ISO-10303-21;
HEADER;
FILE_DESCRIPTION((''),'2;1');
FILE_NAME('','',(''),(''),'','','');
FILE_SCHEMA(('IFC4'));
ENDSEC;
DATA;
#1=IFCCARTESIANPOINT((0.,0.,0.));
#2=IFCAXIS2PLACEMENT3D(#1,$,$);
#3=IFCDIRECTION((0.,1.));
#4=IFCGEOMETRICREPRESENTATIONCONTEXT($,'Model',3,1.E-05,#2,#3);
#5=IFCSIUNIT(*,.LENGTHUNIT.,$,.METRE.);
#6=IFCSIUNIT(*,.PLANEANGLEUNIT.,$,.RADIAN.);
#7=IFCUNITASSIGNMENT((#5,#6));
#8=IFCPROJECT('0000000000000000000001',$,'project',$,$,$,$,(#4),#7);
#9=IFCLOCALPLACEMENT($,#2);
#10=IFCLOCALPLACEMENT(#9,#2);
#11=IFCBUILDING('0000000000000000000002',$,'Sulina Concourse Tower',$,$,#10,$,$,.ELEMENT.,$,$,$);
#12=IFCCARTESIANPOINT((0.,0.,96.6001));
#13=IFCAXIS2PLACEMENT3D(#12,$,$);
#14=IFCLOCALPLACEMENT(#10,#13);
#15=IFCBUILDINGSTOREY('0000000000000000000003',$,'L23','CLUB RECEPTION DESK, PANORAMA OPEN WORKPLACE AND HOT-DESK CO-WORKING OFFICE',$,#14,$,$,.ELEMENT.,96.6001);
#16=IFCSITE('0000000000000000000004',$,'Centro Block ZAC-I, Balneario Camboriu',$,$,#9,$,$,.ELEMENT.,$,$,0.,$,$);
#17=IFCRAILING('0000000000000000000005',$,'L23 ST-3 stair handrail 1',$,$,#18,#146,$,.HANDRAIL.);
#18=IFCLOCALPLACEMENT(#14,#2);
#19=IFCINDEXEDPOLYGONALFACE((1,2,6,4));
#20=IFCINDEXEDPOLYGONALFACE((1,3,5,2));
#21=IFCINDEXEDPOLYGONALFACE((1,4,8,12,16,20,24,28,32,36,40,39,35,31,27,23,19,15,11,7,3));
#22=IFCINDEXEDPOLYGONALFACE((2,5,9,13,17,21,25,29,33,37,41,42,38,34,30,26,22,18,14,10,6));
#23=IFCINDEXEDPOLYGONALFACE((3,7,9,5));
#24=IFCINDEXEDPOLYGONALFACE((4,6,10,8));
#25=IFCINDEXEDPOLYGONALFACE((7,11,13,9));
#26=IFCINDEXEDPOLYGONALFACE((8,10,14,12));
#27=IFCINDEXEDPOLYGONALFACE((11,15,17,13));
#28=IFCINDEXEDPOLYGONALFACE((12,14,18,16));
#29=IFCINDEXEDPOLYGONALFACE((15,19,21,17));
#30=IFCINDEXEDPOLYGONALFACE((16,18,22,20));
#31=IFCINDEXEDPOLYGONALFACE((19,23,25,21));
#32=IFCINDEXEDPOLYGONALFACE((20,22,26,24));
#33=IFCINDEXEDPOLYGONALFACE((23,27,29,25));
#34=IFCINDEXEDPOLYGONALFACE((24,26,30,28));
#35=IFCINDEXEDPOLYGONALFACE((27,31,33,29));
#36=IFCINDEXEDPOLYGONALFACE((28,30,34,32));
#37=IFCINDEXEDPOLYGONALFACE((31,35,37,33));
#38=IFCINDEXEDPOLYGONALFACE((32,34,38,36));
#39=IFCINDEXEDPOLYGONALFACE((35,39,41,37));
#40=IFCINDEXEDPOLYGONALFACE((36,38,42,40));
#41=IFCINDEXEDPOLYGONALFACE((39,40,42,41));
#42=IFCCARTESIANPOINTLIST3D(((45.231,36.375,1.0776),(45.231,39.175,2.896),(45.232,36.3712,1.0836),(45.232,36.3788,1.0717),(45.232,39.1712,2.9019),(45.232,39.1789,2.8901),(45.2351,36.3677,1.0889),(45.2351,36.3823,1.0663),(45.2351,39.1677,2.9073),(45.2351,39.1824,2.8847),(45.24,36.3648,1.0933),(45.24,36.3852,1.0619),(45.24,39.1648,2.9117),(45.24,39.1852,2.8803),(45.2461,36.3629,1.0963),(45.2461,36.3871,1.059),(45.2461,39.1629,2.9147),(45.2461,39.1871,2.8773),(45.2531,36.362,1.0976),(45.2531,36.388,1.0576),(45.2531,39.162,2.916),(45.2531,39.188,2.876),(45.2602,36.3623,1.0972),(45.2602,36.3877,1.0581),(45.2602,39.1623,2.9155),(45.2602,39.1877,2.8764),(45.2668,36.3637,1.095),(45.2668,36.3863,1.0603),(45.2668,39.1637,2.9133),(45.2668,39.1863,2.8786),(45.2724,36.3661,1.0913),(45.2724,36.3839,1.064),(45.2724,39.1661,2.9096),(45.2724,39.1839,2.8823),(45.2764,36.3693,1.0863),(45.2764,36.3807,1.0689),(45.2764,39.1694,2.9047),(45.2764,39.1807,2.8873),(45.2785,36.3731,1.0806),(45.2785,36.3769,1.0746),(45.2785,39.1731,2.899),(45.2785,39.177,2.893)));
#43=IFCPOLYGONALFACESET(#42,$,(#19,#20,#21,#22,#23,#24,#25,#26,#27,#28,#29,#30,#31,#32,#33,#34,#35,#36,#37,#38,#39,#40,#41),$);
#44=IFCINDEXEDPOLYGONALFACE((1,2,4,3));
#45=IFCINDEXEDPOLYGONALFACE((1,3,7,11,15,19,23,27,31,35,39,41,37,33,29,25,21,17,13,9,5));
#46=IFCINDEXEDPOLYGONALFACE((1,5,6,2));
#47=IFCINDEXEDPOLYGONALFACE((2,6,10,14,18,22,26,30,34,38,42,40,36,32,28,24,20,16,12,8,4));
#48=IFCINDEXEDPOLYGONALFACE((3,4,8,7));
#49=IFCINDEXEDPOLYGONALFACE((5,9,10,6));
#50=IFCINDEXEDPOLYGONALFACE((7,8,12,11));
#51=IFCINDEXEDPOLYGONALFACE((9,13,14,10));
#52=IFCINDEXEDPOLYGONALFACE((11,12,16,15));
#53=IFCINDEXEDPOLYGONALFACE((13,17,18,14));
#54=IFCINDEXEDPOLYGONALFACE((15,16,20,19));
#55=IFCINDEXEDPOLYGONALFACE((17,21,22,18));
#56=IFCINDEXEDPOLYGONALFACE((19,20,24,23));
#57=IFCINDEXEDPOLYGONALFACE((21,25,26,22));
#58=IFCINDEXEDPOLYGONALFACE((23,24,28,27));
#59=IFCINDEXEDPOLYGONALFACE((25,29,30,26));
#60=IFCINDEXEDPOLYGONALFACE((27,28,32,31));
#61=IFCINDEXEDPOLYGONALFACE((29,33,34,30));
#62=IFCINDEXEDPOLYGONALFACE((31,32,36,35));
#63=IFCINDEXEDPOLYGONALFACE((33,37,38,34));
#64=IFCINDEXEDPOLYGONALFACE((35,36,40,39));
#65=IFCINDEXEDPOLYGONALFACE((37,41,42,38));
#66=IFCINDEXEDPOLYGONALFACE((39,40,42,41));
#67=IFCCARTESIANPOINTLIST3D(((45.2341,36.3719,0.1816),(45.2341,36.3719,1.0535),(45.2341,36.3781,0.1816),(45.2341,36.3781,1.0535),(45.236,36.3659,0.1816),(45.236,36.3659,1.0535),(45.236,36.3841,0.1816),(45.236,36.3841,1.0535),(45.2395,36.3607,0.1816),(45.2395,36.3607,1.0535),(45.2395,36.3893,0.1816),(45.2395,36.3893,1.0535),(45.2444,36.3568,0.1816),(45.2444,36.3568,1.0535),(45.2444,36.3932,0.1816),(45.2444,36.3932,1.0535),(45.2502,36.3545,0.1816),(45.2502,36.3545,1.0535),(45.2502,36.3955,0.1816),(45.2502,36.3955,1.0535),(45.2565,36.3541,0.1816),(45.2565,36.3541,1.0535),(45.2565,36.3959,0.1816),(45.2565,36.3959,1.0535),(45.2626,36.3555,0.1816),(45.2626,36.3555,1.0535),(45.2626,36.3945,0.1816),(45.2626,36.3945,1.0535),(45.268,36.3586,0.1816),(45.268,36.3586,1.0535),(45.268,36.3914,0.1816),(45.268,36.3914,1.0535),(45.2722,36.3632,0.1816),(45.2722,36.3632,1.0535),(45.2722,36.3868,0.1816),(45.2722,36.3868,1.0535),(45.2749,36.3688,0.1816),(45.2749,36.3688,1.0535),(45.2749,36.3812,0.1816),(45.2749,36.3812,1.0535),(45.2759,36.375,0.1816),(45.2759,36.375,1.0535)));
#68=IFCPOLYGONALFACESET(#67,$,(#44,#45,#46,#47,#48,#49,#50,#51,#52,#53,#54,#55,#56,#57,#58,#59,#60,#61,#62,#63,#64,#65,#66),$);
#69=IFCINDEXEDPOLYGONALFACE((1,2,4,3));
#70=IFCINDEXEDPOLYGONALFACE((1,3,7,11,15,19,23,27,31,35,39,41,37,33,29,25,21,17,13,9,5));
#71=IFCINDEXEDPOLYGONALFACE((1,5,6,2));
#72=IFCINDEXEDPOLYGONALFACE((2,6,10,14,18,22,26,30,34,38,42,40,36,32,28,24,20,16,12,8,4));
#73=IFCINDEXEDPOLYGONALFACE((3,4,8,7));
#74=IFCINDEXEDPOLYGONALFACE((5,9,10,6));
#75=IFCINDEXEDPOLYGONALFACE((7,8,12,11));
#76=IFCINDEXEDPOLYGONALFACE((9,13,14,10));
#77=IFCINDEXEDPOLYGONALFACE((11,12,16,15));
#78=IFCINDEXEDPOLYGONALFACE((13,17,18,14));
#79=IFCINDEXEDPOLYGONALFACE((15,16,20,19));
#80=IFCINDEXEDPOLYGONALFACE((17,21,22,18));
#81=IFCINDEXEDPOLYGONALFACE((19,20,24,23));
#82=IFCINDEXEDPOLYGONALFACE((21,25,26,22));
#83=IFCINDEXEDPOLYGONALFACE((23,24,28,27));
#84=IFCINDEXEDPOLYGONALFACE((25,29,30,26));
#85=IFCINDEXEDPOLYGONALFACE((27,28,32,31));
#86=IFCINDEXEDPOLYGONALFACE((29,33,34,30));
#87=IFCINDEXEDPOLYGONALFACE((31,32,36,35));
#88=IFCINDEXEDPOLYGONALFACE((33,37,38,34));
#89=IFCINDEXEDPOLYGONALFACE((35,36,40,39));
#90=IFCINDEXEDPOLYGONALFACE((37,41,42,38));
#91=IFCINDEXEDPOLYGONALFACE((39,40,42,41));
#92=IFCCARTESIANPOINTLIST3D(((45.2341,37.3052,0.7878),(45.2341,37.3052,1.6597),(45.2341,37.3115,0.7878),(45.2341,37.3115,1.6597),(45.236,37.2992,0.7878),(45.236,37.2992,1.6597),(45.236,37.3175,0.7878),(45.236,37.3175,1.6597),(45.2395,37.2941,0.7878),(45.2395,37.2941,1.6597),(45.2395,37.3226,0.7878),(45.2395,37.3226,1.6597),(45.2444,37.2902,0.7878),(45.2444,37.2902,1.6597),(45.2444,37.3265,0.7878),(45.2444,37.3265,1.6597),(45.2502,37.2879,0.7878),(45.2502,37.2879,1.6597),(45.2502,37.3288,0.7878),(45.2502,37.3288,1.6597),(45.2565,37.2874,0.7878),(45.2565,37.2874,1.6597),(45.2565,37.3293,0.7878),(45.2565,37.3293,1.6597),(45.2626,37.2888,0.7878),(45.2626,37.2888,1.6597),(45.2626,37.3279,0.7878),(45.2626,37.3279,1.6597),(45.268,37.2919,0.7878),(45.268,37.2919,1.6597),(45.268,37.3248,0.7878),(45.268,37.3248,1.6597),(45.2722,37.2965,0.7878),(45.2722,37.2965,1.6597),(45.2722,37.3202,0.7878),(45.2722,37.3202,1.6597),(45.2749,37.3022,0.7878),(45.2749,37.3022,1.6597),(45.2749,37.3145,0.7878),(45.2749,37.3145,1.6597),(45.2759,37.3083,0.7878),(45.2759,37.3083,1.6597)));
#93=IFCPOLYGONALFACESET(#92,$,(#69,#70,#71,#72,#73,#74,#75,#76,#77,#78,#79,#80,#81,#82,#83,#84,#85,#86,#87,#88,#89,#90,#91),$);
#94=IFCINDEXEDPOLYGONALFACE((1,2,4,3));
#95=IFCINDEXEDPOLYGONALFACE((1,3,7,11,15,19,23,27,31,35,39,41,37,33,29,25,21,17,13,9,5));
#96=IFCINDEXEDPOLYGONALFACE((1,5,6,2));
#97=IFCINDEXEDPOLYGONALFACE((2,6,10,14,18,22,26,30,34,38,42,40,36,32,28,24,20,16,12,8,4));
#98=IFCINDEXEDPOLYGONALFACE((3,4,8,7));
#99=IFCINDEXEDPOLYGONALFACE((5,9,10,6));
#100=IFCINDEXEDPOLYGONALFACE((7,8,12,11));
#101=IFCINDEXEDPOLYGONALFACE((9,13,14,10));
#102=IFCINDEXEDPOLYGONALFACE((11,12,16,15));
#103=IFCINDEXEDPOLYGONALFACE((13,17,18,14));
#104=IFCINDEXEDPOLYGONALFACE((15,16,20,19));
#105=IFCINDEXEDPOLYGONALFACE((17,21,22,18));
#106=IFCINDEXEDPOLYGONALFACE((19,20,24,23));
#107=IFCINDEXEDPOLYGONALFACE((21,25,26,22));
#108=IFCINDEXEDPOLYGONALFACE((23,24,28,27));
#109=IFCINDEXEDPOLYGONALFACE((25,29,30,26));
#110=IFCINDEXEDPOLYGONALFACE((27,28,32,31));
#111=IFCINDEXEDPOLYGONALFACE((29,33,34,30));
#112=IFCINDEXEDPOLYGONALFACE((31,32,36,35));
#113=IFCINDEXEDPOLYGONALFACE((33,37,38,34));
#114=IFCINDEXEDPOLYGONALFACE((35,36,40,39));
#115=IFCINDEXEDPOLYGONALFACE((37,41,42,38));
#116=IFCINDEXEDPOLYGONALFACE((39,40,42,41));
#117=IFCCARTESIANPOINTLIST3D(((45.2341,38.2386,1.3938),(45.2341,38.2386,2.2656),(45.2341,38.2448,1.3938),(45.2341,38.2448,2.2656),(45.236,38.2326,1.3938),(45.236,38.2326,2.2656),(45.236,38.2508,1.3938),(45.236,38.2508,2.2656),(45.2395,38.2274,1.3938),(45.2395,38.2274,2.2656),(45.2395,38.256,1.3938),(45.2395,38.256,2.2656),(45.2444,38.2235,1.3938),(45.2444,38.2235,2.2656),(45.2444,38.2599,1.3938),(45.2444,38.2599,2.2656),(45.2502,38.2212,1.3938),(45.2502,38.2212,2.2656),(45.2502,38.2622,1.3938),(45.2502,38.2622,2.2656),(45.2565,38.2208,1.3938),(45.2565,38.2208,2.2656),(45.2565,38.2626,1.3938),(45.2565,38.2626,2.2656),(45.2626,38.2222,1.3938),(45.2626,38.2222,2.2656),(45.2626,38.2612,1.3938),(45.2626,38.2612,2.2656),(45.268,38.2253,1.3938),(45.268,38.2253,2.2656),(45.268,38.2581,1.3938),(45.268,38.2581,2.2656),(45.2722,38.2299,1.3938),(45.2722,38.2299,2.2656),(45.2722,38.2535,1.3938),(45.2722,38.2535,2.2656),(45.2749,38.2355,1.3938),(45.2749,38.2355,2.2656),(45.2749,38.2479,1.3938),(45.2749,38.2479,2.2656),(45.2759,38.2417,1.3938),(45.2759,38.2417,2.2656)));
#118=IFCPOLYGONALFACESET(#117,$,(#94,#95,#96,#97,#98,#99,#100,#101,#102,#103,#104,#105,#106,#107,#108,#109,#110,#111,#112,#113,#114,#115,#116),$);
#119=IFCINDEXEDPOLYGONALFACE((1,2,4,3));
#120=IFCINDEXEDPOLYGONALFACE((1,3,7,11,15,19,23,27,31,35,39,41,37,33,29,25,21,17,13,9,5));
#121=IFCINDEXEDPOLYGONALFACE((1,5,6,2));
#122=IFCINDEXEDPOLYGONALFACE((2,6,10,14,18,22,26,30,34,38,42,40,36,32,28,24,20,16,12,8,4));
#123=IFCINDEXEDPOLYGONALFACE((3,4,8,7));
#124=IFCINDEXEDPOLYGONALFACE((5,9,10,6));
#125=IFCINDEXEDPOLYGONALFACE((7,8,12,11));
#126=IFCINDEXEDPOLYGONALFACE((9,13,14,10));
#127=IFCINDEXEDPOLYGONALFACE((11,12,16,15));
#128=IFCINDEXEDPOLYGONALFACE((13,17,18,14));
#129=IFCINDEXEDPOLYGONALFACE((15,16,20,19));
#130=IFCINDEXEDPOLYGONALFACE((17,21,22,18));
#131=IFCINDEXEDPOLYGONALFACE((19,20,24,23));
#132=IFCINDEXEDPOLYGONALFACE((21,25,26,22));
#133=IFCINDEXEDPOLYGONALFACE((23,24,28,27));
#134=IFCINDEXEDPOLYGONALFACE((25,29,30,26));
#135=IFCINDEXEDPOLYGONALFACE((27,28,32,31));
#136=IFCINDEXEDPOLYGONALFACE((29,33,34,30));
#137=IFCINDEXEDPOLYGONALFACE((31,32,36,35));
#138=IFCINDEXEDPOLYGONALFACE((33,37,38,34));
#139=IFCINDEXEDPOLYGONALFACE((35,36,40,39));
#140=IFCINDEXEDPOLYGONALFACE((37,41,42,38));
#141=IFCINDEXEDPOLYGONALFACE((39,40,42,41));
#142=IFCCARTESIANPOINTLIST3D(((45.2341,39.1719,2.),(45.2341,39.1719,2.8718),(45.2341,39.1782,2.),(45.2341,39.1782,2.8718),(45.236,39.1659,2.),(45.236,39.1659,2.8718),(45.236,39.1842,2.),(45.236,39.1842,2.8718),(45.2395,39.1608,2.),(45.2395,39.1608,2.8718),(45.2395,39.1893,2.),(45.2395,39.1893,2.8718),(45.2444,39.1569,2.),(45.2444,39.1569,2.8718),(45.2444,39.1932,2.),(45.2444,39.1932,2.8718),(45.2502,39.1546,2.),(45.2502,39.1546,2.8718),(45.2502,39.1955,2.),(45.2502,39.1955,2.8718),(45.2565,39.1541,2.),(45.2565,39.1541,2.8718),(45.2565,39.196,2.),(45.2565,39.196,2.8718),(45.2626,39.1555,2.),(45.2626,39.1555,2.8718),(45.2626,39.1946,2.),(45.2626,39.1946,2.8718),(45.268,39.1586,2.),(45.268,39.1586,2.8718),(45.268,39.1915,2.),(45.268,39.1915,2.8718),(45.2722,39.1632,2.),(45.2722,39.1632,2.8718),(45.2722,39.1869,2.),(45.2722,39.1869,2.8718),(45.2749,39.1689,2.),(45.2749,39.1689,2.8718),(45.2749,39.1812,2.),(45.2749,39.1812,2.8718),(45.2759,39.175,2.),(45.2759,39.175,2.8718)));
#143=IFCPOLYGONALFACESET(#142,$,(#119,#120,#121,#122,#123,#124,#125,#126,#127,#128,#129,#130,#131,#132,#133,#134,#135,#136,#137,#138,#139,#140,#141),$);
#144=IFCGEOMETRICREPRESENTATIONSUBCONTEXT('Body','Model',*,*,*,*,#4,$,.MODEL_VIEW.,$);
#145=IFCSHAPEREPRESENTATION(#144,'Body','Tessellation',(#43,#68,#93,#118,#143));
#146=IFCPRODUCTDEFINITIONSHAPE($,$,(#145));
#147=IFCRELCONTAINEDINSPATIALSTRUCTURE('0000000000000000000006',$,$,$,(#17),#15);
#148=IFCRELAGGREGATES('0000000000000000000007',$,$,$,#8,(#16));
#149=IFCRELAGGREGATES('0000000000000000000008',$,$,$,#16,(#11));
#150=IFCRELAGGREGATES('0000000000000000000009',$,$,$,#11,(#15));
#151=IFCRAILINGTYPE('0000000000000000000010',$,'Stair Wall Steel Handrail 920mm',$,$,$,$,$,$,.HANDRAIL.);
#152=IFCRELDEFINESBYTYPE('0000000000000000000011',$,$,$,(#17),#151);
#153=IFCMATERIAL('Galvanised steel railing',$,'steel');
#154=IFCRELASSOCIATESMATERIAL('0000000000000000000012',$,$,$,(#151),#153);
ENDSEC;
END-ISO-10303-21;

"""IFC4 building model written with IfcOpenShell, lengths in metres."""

from ifc_helpers import new_model, si_unit, direction, frame, origin, origin_2d, place, context, subcontext, project, spatial, circle, extrude, material, type_object, element, save


model = new_model("IFC4")

# Units and contexts
model_context = context("Model", 3, precision=1e-05, world=origin(), true_north=direction((0.0, 1.0)))
body_context = subcontext(model_context, "Body", "Model", "MODEL_VIEW")
ifc_project = project(units=[si_unit("LENGTHUNIT", "METRE"), si_unit("PLANEANGLEUNIT", "RADIAN")], contexts=[model_context])

# Site, building, storey
site_placement = place(None, origin())
site = spatial("IfcSite", under=ifc_project, at=site_placement, Name="Centro Block ZAC-I, Balneario Camboriu", CompositionType="ELEMENT", RefElevation=0.0)
building_placement = place(site_placement, origin())
building = spatial("IfcBuilding", under=site, at=building_placement, Name="Sulina Concourse Tower", CompositionType="ELEMENT")
storey_placement = place(building_placement, frame((0.0, 0.0, 96.6001)))
storey = spatial("IfcBuildingStorey", under=building, at=storey_placement, Name="L23", Description="CLUB RECEPTION DESK, PANORAMA OPEN WORKPLACE AND HOT-DESK CO-WORKING OFFICE", CompositionType="ELEMENT", Elevation=96.6001)

# Railing
ifc_material_1 = material(Name="Galvanised steel railing", Category="steel")
railing_type_1 = type_object("IfcRailingType", Name="Stair Wall Steel Handrail 920mm", PredefinedType="HANDRAIL", material=ifc_material_1)
railing_1_placement = place(storey_placement, frame((45.2549, 36.375, 0.1816)))
element("IfcRailing", 1, at=railing_1_placement, inside=storey, type_object=railing_type_1, Name="L23 ST-3 stair handrail 1", PredefinedType="HANDRAIL", context=body_context, shape_type="SweptSolid", body=[
    extrude(circle(Radius=0.0239, at=origin_2d()), frame((0.0, 0.0, 0.896), z_axis=(0.0, 0.838672, 0.544636), x_axis=(-1.0, 0.0, 0.0)), (0.0, 0.0, 1.0), 3.3386),
    extrude(circle(Radius=0.021, at=origin_2d()), origin(), (0.0, 0.0, 1.0), 0.8718),
    extrude(circle(Radius=0.021, at=origin_2d()), frame((0.0, 0.9333, 0.6062)), (0.0, 0.0, 1.0), 0.8718),
    extrude(circle(Radius=0.021, at=origin_2d()), frame((0.0, 1.8667, 1.2122)), (0.0, 0.0, 1.0), 0.8718),
    extrude(circle(Radius=0.021, at=origin_2d()), frame((0.0, 2.8, 1.8184)), (0.0, 0.0, 1.0), 0.8718),
])

save(model, "model.ifc")
